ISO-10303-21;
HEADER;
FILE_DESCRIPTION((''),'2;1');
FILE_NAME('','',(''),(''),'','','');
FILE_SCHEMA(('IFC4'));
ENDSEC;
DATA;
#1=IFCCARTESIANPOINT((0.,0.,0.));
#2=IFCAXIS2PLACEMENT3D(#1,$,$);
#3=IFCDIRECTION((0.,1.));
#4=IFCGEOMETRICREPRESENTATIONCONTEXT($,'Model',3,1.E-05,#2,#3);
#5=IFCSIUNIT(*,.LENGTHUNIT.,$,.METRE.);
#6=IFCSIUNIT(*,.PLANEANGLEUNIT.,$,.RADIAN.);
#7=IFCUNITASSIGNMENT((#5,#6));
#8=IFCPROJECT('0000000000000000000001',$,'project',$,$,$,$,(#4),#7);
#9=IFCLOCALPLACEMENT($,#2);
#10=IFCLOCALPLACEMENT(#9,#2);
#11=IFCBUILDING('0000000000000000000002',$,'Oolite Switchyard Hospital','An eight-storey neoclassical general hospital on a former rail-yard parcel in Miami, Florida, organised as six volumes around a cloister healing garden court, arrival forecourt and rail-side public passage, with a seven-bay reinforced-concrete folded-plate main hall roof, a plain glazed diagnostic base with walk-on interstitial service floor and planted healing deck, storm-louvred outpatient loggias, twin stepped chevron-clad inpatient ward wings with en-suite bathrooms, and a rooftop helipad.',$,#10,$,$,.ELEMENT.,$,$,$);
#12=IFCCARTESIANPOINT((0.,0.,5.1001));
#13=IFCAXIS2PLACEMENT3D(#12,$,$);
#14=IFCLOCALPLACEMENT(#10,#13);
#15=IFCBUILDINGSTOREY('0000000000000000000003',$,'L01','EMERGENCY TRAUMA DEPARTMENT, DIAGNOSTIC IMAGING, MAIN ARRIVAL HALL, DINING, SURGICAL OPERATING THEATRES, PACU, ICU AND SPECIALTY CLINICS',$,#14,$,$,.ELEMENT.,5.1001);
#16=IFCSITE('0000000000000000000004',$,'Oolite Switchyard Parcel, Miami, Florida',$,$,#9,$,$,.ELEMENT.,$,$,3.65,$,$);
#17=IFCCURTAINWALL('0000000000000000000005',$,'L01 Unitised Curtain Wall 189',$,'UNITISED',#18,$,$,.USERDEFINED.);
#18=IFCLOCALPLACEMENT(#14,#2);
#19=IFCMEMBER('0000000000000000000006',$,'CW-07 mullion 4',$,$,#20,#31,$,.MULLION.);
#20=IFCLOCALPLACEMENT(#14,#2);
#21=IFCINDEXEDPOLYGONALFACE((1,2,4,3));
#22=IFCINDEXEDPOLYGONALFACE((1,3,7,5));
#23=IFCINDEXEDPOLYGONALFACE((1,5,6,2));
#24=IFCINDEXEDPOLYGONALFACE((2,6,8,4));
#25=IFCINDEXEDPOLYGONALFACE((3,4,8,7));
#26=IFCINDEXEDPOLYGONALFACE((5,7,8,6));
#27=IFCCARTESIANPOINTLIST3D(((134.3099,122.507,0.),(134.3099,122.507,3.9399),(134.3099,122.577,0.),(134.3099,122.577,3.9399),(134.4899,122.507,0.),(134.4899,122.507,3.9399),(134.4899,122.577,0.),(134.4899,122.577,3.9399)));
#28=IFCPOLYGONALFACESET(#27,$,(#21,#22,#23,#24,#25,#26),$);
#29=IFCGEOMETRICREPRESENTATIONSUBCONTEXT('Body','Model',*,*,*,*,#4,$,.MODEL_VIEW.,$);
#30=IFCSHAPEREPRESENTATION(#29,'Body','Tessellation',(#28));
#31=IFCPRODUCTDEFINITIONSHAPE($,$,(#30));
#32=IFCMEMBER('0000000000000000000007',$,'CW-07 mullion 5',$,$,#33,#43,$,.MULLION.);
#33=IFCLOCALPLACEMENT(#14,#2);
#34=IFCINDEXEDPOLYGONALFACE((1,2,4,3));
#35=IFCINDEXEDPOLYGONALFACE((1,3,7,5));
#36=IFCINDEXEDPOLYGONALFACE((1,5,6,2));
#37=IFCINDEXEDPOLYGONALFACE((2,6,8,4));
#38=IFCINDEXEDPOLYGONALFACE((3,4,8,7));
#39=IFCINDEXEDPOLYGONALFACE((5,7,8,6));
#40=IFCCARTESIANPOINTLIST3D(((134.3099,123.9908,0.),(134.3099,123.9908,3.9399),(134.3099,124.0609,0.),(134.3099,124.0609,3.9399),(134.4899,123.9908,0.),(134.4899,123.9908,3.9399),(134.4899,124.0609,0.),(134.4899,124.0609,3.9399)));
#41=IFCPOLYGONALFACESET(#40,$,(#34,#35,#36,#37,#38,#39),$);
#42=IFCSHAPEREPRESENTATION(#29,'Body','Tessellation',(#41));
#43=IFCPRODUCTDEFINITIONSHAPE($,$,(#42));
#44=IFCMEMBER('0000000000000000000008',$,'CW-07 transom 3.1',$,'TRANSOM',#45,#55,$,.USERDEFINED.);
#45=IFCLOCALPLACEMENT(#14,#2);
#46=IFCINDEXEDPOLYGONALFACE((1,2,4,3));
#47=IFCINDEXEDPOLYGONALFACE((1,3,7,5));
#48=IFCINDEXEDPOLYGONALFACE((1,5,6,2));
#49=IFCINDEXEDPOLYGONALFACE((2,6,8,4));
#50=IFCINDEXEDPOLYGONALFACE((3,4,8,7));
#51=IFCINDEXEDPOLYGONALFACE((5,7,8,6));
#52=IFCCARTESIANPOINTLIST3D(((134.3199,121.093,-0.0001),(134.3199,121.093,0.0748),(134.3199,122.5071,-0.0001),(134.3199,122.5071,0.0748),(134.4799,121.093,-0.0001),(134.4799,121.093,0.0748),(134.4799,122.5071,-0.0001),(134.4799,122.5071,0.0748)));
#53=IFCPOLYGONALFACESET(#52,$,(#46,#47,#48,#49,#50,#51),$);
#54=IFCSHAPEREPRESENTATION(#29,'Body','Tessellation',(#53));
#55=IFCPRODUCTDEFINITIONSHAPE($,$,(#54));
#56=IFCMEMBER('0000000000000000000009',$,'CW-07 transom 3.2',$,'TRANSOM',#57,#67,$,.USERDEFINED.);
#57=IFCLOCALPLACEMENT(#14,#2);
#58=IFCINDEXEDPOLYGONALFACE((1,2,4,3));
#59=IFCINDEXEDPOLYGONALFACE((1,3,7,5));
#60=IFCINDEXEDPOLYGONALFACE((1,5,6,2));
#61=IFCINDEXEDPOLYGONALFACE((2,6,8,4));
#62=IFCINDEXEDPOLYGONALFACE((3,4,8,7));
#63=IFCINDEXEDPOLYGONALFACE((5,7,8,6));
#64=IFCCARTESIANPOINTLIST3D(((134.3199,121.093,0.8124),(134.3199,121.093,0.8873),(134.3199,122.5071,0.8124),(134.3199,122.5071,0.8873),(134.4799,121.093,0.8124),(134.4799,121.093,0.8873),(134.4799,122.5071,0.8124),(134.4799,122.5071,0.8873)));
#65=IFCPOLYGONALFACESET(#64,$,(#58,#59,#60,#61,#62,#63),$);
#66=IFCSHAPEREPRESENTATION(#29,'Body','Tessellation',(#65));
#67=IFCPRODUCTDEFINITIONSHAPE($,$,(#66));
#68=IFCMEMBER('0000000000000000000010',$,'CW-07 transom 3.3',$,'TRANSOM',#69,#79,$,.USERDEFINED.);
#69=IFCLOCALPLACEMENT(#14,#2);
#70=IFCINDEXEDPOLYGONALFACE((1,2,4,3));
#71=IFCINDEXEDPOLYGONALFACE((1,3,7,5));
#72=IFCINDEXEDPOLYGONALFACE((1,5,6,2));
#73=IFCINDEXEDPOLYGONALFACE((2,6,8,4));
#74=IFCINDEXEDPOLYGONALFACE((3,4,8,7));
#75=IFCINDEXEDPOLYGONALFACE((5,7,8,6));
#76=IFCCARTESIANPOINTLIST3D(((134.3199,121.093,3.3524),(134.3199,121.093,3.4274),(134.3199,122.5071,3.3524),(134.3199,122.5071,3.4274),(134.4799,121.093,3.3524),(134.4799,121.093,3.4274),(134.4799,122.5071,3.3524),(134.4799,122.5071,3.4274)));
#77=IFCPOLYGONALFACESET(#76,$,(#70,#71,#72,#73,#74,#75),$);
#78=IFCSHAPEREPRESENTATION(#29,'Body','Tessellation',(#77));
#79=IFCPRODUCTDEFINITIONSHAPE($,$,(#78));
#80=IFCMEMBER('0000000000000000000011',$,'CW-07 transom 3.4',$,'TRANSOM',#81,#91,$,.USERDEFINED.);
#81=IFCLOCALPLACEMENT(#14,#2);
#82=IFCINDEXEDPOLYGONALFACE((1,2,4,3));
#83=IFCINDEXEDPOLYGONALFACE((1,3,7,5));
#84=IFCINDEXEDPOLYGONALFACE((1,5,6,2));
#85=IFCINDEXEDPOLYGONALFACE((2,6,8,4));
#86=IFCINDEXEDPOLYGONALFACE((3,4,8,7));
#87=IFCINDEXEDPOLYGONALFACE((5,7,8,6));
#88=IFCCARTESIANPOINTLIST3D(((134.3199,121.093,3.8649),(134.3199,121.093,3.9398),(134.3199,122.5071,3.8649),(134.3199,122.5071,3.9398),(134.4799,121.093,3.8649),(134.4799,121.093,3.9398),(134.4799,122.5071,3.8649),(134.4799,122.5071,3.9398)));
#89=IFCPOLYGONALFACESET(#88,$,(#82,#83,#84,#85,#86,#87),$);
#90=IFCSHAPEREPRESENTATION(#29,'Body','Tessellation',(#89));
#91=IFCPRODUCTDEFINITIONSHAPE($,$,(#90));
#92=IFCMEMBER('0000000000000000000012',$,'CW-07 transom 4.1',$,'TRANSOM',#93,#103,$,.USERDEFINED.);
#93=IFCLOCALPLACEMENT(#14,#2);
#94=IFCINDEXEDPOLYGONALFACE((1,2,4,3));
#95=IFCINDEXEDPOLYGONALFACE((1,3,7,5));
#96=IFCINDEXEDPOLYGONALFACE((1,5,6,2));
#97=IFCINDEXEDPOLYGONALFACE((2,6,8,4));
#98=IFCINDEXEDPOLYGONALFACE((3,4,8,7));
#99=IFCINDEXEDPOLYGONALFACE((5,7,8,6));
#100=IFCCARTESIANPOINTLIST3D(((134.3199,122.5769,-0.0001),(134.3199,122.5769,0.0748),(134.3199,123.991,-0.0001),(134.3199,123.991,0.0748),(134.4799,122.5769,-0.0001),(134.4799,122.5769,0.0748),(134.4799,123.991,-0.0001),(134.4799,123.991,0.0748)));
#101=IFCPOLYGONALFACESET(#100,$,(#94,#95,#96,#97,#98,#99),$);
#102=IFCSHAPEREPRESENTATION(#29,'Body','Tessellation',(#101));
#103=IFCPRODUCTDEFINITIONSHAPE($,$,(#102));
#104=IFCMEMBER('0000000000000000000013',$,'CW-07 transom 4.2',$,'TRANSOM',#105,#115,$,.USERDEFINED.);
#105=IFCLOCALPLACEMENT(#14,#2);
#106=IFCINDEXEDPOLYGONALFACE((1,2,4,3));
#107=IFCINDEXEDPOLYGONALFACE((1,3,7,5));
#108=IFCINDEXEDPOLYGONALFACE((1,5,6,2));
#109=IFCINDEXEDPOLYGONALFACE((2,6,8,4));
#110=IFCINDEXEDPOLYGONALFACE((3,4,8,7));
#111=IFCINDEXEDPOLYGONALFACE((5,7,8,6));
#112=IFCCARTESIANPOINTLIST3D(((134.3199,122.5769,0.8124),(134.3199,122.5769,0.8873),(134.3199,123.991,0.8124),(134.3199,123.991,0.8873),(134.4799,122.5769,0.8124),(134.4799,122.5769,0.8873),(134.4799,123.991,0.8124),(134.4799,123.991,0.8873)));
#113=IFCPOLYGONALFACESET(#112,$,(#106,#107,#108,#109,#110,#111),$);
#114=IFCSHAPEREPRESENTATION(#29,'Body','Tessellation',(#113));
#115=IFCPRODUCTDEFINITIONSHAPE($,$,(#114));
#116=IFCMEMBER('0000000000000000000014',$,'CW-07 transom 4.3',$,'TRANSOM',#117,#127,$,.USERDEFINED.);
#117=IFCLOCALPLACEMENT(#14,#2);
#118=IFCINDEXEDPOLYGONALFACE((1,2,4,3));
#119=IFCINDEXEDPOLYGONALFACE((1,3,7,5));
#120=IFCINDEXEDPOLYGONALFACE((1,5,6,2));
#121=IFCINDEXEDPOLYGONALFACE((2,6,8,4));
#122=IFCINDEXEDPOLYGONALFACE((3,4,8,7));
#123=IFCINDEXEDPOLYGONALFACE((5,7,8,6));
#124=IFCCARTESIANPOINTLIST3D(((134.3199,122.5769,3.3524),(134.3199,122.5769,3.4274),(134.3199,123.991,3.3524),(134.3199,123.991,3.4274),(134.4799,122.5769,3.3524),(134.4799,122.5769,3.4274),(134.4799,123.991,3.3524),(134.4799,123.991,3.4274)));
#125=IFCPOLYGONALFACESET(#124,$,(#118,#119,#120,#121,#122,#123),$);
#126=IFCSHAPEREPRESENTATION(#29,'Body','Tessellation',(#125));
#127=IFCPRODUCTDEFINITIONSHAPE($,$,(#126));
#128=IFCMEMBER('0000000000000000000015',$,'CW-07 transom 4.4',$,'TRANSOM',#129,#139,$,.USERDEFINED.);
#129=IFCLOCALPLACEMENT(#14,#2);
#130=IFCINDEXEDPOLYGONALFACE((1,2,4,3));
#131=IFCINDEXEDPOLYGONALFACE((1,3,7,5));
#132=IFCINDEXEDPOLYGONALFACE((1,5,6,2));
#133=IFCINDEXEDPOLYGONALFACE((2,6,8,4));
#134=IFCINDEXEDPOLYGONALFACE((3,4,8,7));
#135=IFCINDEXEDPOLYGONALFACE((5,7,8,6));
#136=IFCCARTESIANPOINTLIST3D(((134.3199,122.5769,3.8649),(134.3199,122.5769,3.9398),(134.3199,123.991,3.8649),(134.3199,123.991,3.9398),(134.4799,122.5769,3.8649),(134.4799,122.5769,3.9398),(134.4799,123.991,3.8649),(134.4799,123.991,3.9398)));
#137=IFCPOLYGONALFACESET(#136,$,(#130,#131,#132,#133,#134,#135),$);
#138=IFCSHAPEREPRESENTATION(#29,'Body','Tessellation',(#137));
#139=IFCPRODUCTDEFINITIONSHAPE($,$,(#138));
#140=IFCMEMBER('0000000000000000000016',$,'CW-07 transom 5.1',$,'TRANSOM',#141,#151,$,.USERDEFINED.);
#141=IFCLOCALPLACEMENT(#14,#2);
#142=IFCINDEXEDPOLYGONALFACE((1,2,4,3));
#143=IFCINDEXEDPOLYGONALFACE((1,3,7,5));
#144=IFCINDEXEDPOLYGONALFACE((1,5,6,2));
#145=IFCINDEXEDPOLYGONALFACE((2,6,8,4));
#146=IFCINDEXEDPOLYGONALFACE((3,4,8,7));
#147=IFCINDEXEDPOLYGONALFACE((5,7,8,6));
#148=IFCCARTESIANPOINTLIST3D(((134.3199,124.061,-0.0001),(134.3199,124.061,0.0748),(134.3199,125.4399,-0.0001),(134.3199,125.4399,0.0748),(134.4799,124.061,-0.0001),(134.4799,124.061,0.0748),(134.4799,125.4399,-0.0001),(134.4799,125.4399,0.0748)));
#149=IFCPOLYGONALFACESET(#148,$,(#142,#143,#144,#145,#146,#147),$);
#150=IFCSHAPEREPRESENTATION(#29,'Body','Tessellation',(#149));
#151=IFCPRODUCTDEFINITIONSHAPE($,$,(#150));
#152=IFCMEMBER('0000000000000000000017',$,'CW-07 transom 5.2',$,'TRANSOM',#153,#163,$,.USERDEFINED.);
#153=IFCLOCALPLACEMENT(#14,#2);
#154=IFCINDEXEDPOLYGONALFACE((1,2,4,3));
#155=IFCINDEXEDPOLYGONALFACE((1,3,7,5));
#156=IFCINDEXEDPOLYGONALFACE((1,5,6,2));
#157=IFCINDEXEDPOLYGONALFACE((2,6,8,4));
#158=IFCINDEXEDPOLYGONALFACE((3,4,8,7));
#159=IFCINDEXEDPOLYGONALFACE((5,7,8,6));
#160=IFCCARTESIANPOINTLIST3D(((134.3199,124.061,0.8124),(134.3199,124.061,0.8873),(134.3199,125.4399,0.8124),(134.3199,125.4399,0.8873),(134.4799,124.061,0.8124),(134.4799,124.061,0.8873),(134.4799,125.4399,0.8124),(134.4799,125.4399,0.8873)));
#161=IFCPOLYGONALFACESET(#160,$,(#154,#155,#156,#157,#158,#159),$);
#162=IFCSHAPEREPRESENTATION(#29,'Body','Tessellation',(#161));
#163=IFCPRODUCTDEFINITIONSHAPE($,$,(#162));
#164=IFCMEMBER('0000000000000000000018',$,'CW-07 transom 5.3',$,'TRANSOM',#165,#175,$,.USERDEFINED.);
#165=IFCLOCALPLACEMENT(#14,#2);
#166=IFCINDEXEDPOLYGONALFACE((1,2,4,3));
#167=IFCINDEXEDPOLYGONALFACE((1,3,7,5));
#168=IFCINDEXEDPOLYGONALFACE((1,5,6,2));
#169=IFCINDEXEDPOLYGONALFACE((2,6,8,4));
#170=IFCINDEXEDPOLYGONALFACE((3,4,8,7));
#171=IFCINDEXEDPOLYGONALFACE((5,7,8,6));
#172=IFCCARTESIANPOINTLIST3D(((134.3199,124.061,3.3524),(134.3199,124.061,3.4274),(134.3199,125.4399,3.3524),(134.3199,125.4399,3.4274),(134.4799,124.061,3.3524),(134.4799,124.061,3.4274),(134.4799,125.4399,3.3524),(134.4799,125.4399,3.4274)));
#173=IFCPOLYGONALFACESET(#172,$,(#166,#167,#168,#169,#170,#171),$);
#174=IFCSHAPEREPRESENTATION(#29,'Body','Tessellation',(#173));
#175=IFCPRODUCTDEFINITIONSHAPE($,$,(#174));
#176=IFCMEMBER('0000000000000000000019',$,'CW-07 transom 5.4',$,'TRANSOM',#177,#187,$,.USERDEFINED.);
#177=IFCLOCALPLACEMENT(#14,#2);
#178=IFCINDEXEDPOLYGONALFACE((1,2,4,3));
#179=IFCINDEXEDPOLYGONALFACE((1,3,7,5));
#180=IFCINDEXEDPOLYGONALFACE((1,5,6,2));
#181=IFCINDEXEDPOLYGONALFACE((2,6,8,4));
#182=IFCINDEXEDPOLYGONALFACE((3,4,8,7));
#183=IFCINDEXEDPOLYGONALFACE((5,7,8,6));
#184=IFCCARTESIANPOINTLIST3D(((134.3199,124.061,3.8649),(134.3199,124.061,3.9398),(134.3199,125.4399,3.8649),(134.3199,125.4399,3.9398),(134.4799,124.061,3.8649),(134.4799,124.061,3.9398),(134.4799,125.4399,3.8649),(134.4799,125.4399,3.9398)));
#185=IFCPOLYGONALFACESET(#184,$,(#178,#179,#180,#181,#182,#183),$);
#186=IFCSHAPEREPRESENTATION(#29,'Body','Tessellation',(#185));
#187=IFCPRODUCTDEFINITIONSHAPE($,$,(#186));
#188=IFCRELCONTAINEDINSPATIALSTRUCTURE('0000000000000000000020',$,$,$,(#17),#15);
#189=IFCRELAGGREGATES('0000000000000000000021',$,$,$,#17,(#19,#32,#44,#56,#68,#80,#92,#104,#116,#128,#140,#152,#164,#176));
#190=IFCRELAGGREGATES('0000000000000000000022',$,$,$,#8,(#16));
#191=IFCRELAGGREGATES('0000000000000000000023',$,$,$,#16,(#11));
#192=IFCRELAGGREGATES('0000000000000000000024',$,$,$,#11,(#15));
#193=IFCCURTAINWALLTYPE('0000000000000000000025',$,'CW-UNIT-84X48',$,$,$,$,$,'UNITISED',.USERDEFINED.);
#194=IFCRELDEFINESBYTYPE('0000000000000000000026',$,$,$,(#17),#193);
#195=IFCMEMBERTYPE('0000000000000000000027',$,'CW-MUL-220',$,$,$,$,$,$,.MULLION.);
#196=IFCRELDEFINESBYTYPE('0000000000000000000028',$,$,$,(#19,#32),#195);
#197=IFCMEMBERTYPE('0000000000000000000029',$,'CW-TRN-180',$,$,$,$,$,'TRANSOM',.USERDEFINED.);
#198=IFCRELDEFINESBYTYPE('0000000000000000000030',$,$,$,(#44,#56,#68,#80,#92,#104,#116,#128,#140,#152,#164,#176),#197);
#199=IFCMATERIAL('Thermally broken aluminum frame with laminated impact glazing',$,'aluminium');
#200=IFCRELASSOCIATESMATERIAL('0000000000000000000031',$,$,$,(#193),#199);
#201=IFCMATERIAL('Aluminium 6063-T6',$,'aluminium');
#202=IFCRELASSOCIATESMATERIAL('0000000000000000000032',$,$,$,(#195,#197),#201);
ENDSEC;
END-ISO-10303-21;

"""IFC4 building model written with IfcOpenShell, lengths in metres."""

from ifc_helpers import new_model, si_unit, direction, frame, origin, origin_2d, place, context, subcontext, project, spatial, rectangle, extrude, material, material_profile, profile_set, type_object, element, aggregate, save


model = new_model("IFC4")

# Units and contexts
model_context = context("Model", 3, precision=1e-05, world=origin(), true_north=direction((0.0, 1.0)))
body_context = subcontext(model_context, "Body", "Model", "MODEL_VIEW")
ifc_project = project(units=[si_unit("LENGTHUNIT", "METRE"), si_unit("PLANEANGLEUNIT", "RADIAN")], contexts=[model_context])

# Site, building, storey
site_placement = place(None, origin())
site = spatial("IfcSite", under=ifc_project, at=site_placement, Name="Oolite Switchyard Parcel, Miami, Florida", CompositionType="ELEMENT", RefElevation=3.65)
building_placement = place(site_placement, origin())
building = spatial("IfcBuilding", under=site, at=building_placement, Name="Oolite Switchyard Hospital", Description="An eight-storey neoclassical general hospital on a former rail-yard parcel in Miami, Florida, organised as six volumes around a cloister healing garden court, arrival forecourt and rail-side public passage, with a seven-bay reinforced-concrete folded-plate main hall roof, a plain glazed diagnostic base with walk-on interstitial service floor and planted healing deck, storm-louvred outpatient loggias, twin stepped chevron-clad inpatient ward wings with en-suite bathrooms, and a rooftop helipad.", CompositionType="ELEMENT")
storey_placement = place(building_placement, frame((0.0, 0.0, 5.1001)))
storey = spatial("IfcBuildingStorey", under=building, at=storey_placement, Name="L01", Description="EMERGENCY TRAUMA DEPARTMENT, DIAGNOSTIC IMAGING, MAIN ARRIVAL HALL, DINING, SURGICAL OPERATING THEATRES, PACU, ICU AND SPECIALTY CLINICS", CompositionType="ELEMENT", Elevation=5.1001)

# Curtain wall, members
ifc_material_1 = material(Name="Thermally broken aluminum frame with laminated impact glazing", Category="aluminium")
curtain_wall_type = type_object("IfcCurtainWallType", Name="CW-UNIT-84X48", ElementType="UNITISED", PredefinedType="USERDEFINED", material=ifc_material_1)
curtain_wall_placement = place(storey_placement, origin())
curtain_wall = element("IfcCurtainWall", 1, at=curtain_wall_placement, inside=storey, type_object=curtain_wall_type, Name="L01 Unitised Curtain Wall 189", ObjectType="UNITISED", PredefinedType="USERDEFINED")
ifc_material_2 = material(Name="Aluminium 6063-T6", Category="aluminium")
ifc_material_profile_1 = material_profile(ifc_material_2, rectangle(XDim=0.1799, YDim=0.0701, at=origin_2d()), Name="CWM70X180")
ifc_profile_set_1 = profile_set([ifc_material_profile_1], Name="Aluminium 6063-T6")
member_type_1 = type_object("IfcMemberType", Name="CW-MUL-220", PredefinedType="MULLION", material=ifc_profile_set_1)
member_1_placement = place(storey_placement, frame((134.3999, 122.542, 0.0), z_axis=(0.0, 0.0, 1.0), x_axis=(-1.0, 0.0, 0.0)))
member_1 = element("IfcMember", 2, at=member_1_placement, type_object=member_type_1, Name="CW-07 mullion 4", PredefinedType="MULLION", context=body_context, shape_type="SweptSolid", body=[
    extrude(rectangle(XDim=0.1799, YDim=0.0701, at=origin_2d()), origin(), (0.0, 0.0, 1.0), 3.9399),
])
member_2_placement = place(storey_placement, frame((134.3999, 124.0259, 0.0), z_axis=(0.0, 0.0, 1.0), x_axis=(-1.0, 0.0, 0.0)))
member_2 = element("IfcMember", 3, at=member_2_placement, type_object=member_type_1, Name="CW-07 mullion 5", PredefinedType="MULLION", context=body_context, shape_type="SweptSolid", body=[
    extrude(rectangle(XDim=0.1799, YDim=0.0701, at=origin_2d()), origin(), (0.0, 0.0, 1.0), 3.9399),
])
ifc_material_profile_2 = material_profile(ifc_material_2, rectangle(XDim=0.1599, YDim=0.075, at=origin_2d()), Name="CWT75X160")
ifc_profile_set_2 = profile_set([ifc_material_profile_2], Name="Aluminium 6063-T6")
member_type_2 = type_object("IfcMemberType", Name="CW-TRN-180", ElementType="TRANSOM", PredefinedType="USERDEFINED", material=ifc_profile_set_2)
member_3_placement = place(storey_placement, frame((134.3999, 121.093, 0.0374), z_axis=(0.0, 1.0, 0.0), x_axis=(-1.0, 0.0, 0.0)))
member_3 = element("IfcMember", 4, at=member_3_placement, type_object=member_type_2, Name="CW-07 transom 3.1", ObjectType="TRANSOM", PredefinedType="USERDEFINED", context=body_context, shape_type="SweptSolid", body=[
    extrude(rectangle(XDim=0.1599, YDim=0.075, at=origin_2d()), origin(), (0.0, 0.0, 1.0), 1.4141),
])
member_4_placement = place(storey_placement, frame((134.3999, 121.093, 0.8499), z_axis=(0.0, 1.0, 0.0), x_axis=(-1.0, 0.0, 0.0)))
member_4 = element("IfcMember", 5, at=member_4_placement, type_object=member_type_2, Name="CW-07 transom 3.2", ObjectType="TRANSOM", PredefinedType="USERDEFINED", context=body_context, shape_type="SweptSolid", body=[
    extrude(rectangle(XDim=0.1599, YDim=0.075, at=origin_2d()), origin(), (0.0, 0.0, 1.0), 1.4141),
])
member_5_placement = place(storey_placement, frame((134.3999, 121.093, 3.3899), z_axis=(0.0, 1.0, 0.0), x_axis=(-1.0, 0.0, 0.0)))
member_5 = element("IfcMember", 6, at=member_5_placement, type_object=member_type_2, Name="CW-07 transom 3.3", ObjectType="TRANSOM", PredefinedType="USERDEFINED", context=body_context, shape_type="SweptSolid", body=[
    extrude(rectangle(XDim=0.1599, YDim=0.075, at=origin_2d()), origin(), (0.0, 0.0, 1.0), 1.4141),
])
member_6_placement = place(storey_placement, frame((134.3999, 121.093, 3.9023), z_axis=(0.0, 1.0, 0.0), x_axis=(-1.0, 0.0, 0.0)))
member_6 = element("IfcMember", 7, at=member_6_placement, type_object=member_type_2, Name="CW-07 transom 3.4", ObjectType="TRANSOM", PredefinedType="USERDEFINED", context=body_context, shape_type="SweptSolid", body=[
    extrude(rectangle(XDim=0.1599, YDim=0.075, at=origin_2d()), origin(), (0.0, 0.0, 1.0), 1.4141),
])
member_7_placement = place(storey_placement, frame((134.3999, 122.5769, 0.0374), z_axis=(0.0, 1.0, 0.0), x_axis=(-1.0, 0.0, 0.0)))
member_7 = element("IfcMember", 8, at=member_7_placement, type_object=member_type_2, Name="CW-07 transom 4.1", ObjectType="TRANSOM", PredefinedType="USERDEFINED", context=body_context, shape_type="SweptSolid", body=[
    extrude(rectangle(XDim=0.1599, YDim=0.075, at=origin_2d()), origin(), (0.0, 0.0, 1.0), 1.4141),
])
member_8_placement = place(storey_placement, frame((134.3999, 122.5769, 0.8499), z_axis=(0.0, 1.0, 0.0), x_axis=(-1.0, 0.0, 0.0)))
member_8 = element("IfcMember", 9, at=member_8_placement, type_object=member_type_2, Name="CW-07 transom 4.2", ObjectType="TRANSOM", PredefinedType="USERDEFINED", context=body_context, shape_type="SweptSolid", body=[
    extrude(rectangle(XDim=0.1599, YDim=0.075, at=origin_2d()), origin(), (0.0, 0.0, 1.0), 1.4141),
])
member_9_placement = place(storey_placement, frame((134.3999, 122.5769, 3.3899), z_axis=(0.0, 1.0, 0.0), x_axis=(-1.0, 0.0, 0.0)))
member_9 = element("IfcMember", 10, at=member_9_placement, type_object=member_type_2, Name="CW-07 transom 4.3", ObjectType="TRANSOM", PredefinedType="USERDEFINED", context=body_context, shape_type="SweptSolid", body=[
    extrude(rectangle(XDim=0.1599, YDim=0.075, at=origin_2d()), origin(), (0.0, 0.0, 1.0), 1.4141),
])
member_10_placement = place(storey_placement, frame((134.3999, 122.5769, 3.9023), z_axis=(0.0, 1.0, 0.0), x_axis=(-1.0, 0.0, 0.0)))
member_10 = element("IfcMember", 11, at=member_10_placement, type_object=member_type_2, Name="CW-07 transom 4.4", ObjectType="TRANSOM", PredefinedType="USERDEFINED", context=body_context, shape_type="SweptSolid", body=[
    extrude(rectangle(XDim=0.1599, YDim=0.075, at=origin_2d()), origin(), (0.0, 0.0, 1.0), 1.4141),
])
member_11_placement = place(storey_placement, frame((134.3999, 124.061, 0.0374), z_axis=(0.0, 1.0, 0.0), x_axis=(-1.0, 0.0, 0.0)))
member_11 = element("IfcMember", 12, at=member_11_placement, type_object=member_type_2, Name="CW-07 transom 5.1", ObjectType="TRANSOM", PredefinedType="USERDEFINED", context=body_context, shape_type="SweptSolid", body=[
    extrude(rectangle(XDim=0.1599, YDim=0.075, at=origin_2d()), origin(), (0.0, 0.0, 1.0), 1.3789),
])
member_12_placement = place(storey_placement, frame((134.3999, 124.061, 0.8499), z_axis=(0.0, 1.0, 0.0), x_axis=(-1.0, 0.0, 0.0)))
member_12 = element("IfcMember", 13, at=member_12_placement, type_object=member_type_2, Name="CW-07 transom 5.2", ObjectType="TRANSOM", PredefinedType="USERDEFINED", context=body_context, shape_type="SweptSolid", body=[
    extrude(rectangle(XDim=0.1599, YDim=0.075, at=origin_2d()), origin(), (0.0, 0.0, 1.0), 1.3789),
])
member_13_placement = place(storey_placement, frame((134.3999, 124.061, 3.3899), z_axis=(0.0, 1.0, 0.0), x_axis=(-1.0, 0.0, 0.0)))
member_13 = element("IfcMember", 14, at=member_13_placement, type_object=member_type_2, Name="CW-07 transom 5.3", ObjectType="TRANSOM", PredefinedType="USERDEFINED", context=body_context, shape_type="SweptSolid", body=[
    extrude(rectangle(XDim=0.1599, YDim=0.075, at=origin_2d()), origin(), (0.0, 0.0, 1.0), 1.3789),
])
member_14_placement = place(storey_placement, frame((134.3999, 124.061, 3.9023), z_axis=(0.0, 1.0, 0.0), x_axis=(-1.0, 0.0, 0.0)))
member_14 = element("IfcMember", 15, at=member_14_placement, type_object=member_type_2, Name="CW-07 transom 5.4", ObjectType="TRANSOM", PredefinedType="USERDEFINED", context=body_context, shape_type="SweptSolid", body=[
    extrude(rectangle(XDim=0.1599, YDim=0.075, at=origin_2d()), origin(), (0.0, 0.0, 1.0), 1.3789),
])
aggregate(curtain_wall, [member_1, member_2, member_3, member_4, member_5, member_6, member_7, member_8, member_9, member_10, member_11, member_12, member_13, member_14])

save(model, "model.ifc")
